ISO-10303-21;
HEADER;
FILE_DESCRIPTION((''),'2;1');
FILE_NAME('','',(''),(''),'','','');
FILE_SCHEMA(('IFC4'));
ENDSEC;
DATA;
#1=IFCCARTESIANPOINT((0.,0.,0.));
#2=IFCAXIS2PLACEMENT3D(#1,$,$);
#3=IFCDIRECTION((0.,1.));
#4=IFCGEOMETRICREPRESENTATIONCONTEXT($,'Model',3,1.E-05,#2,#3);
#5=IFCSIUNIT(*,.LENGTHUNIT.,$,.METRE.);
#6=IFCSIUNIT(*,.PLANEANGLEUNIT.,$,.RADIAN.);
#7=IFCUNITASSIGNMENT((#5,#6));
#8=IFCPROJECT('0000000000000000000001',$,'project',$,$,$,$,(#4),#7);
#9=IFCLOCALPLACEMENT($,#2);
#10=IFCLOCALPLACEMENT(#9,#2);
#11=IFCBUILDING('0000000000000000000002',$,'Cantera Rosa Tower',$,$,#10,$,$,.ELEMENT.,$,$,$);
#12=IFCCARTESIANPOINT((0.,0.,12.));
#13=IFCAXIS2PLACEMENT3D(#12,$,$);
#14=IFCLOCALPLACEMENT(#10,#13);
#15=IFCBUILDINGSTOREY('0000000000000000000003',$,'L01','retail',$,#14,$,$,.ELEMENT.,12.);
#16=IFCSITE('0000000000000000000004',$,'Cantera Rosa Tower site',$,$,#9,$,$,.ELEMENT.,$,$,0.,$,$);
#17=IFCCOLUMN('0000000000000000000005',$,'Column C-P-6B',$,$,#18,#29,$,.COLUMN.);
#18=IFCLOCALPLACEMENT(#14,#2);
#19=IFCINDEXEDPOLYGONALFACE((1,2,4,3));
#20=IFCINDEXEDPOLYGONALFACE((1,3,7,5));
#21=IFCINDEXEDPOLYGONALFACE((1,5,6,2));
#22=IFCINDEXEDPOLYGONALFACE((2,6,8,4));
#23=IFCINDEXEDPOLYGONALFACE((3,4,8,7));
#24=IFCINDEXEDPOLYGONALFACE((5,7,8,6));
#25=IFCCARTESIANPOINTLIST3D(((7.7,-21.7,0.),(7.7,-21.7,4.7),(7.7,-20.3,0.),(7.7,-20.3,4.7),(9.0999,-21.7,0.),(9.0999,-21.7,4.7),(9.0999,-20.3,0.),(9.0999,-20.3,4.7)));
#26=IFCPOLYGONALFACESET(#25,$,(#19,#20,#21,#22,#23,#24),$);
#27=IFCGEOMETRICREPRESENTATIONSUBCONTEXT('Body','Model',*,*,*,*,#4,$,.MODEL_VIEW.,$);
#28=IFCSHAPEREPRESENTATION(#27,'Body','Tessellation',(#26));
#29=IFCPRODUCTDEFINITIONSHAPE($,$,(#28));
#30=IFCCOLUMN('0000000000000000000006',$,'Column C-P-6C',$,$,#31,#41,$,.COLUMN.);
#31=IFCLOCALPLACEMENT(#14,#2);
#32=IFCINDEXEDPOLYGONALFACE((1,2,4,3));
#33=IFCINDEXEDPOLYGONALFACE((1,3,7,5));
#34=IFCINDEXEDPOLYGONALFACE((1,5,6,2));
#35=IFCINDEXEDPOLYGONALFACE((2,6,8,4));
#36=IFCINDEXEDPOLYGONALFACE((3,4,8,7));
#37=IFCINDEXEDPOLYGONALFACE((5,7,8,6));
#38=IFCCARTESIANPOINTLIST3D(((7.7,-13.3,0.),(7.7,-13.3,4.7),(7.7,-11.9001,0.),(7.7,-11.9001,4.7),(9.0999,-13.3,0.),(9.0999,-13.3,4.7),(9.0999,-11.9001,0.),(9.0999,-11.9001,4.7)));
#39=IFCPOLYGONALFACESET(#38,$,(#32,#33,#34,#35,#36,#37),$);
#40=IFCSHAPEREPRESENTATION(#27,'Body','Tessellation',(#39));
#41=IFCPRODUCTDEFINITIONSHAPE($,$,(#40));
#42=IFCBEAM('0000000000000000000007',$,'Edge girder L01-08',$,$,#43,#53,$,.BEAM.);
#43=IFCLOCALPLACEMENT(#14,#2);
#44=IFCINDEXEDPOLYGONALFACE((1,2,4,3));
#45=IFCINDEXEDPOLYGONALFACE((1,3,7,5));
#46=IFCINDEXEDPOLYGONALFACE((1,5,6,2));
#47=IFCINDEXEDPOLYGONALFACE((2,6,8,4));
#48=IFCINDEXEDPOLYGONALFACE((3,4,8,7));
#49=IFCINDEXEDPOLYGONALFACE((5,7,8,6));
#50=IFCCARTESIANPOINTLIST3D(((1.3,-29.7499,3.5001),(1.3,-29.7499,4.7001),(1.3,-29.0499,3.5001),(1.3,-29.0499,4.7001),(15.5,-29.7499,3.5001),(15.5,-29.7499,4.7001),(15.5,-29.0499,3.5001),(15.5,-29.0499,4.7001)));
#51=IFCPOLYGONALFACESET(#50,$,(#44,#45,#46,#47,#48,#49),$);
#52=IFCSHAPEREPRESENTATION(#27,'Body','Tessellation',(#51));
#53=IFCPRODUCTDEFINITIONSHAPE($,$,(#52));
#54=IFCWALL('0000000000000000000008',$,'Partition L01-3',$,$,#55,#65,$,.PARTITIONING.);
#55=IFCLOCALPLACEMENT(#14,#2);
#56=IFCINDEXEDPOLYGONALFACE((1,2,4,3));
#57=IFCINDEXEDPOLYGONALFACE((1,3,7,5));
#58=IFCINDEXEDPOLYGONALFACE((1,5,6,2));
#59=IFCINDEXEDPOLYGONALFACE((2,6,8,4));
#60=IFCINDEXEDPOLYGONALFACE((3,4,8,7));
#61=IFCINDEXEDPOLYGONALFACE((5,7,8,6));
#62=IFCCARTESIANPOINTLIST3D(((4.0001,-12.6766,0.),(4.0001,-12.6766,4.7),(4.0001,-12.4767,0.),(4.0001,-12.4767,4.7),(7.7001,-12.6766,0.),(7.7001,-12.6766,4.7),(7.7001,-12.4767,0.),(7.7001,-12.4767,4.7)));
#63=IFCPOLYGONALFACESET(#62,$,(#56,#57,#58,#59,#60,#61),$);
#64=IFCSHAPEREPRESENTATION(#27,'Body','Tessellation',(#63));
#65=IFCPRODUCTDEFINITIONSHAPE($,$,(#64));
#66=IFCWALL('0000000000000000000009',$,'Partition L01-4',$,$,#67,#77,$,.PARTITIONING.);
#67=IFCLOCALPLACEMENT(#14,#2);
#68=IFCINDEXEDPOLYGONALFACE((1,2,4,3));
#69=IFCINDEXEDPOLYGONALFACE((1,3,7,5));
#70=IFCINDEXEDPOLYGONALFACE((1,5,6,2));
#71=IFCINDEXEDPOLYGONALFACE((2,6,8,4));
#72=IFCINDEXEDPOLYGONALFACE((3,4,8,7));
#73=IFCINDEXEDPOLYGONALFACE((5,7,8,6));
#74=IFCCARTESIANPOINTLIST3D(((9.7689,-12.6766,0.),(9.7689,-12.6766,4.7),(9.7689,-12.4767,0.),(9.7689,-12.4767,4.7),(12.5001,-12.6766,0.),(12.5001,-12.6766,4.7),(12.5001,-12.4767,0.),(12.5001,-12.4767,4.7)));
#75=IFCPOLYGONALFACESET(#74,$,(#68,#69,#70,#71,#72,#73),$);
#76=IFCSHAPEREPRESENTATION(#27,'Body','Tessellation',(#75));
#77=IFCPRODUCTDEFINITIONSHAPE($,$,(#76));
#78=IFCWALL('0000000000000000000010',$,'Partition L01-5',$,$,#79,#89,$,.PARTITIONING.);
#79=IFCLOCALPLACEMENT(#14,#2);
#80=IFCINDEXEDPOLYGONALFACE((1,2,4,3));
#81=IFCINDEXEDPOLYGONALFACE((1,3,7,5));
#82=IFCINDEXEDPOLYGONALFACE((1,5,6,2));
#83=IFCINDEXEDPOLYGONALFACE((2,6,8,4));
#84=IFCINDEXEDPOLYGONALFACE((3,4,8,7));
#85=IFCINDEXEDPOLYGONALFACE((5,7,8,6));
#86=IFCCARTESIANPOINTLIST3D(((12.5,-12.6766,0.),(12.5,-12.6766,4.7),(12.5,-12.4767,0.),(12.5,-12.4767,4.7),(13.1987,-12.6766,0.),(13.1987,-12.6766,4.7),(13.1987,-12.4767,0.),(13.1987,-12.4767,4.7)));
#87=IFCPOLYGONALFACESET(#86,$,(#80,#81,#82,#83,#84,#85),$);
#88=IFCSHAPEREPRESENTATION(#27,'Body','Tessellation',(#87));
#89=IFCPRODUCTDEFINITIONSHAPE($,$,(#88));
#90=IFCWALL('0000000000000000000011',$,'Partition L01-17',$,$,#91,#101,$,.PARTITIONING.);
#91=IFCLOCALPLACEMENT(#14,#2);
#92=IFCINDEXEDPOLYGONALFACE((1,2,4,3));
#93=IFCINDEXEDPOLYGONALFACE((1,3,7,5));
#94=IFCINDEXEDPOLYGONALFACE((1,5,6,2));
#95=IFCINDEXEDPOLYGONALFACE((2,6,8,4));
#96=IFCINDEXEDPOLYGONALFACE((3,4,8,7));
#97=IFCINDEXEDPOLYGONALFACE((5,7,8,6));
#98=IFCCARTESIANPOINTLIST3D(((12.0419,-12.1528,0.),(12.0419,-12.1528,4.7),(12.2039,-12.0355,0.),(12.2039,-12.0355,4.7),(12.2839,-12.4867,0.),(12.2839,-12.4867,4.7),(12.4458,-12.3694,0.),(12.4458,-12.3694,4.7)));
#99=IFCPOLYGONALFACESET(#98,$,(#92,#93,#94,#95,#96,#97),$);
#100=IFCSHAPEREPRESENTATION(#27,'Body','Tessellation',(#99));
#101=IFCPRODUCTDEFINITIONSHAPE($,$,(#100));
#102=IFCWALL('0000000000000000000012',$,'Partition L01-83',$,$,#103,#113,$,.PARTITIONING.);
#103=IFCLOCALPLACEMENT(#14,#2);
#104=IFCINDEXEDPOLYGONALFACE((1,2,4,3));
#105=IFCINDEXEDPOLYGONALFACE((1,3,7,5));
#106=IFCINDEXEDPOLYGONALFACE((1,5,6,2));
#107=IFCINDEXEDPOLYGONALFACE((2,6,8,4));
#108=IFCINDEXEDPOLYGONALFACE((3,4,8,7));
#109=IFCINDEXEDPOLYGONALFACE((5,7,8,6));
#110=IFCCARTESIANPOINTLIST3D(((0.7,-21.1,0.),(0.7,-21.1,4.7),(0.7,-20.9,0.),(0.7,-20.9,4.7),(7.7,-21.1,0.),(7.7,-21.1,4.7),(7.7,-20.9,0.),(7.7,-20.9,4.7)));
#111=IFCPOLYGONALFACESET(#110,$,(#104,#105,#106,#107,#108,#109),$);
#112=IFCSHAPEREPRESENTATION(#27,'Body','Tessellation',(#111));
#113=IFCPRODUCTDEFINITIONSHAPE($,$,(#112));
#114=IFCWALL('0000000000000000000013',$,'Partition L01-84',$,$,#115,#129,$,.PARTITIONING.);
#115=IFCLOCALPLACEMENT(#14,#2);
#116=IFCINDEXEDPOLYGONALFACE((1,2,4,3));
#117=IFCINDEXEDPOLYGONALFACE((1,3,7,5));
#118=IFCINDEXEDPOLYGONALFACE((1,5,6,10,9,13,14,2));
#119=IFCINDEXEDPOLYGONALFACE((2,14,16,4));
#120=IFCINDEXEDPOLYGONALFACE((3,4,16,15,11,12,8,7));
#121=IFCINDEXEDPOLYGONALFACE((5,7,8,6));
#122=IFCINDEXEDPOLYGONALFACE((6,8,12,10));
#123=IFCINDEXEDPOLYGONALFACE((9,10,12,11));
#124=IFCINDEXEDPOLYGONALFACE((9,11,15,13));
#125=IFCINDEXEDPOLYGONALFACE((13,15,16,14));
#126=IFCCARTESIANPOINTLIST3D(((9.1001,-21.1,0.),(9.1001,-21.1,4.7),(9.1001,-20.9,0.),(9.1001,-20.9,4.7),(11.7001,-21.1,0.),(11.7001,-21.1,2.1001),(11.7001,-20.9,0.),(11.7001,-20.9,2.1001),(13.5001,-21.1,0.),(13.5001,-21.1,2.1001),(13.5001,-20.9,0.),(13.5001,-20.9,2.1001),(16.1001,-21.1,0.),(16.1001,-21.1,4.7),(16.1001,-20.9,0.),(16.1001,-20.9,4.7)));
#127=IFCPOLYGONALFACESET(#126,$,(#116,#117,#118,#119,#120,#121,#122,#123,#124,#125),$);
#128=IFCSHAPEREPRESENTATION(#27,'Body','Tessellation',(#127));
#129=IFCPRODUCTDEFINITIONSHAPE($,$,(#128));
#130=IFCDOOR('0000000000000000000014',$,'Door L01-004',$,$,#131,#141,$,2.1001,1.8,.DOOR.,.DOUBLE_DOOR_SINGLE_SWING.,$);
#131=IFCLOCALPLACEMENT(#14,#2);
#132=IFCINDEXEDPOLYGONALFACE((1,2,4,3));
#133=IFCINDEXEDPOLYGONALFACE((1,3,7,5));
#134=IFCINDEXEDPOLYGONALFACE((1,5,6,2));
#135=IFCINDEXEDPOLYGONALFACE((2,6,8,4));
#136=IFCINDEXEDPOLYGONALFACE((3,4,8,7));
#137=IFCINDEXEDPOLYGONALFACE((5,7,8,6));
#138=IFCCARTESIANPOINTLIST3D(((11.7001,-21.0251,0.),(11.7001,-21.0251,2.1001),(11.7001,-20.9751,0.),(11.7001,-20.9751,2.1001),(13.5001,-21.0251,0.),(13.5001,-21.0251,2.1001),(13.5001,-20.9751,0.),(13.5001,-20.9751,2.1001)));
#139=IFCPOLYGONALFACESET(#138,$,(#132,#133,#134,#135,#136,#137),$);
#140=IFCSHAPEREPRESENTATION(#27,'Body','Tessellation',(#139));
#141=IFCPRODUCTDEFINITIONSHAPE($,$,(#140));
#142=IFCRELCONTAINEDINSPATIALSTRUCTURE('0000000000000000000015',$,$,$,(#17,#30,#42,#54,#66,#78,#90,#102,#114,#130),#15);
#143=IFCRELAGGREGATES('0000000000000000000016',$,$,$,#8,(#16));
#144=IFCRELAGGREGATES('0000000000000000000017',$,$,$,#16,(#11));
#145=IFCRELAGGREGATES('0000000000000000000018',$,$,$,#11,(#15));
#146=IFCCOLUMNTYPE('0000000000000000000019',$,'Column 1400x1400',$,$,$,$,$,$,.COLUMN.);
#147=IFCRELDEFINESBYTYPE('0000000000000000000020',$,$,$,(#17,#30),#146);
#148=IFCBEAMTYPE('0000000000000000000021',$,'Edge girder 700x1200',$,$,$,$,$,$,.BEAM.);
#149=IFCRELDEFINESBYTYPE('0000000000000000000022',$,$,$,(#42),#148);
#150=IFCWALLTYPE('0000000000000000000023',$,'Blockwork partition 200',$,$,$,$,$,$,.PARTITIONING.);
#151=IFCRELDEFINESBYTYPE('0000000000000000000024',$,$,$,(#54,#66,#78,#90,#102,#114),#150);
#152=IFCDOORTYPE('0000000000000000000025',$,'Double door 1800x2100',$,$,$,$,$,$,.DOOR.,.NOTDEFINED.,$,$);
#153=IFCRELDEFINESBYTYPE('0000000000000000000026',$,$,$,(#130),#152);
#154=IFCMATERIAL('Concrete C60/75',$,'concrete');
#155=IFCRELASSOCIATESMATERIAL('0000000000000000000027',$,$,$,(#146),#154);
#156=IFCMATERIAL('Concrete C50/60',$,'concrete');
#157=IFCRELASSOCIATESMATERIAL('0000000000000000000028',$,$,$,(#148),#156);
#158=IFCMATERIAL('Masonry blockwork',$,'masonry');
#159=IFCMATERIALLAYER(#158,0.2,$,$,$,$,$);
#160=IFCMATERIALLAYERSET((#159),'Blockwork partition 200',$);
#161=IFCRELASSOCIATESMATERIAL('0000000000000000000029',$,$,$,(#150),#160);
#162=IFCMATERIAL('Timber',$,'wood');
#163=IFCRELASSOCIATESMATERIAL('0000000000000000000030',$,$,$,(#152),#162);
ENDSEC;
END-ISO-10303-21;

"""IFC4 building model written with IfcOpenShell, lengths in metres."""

from ifc_helpers import new_model, si_unit, direction, frame, frame_2d, origin, origin_2d, place, context, subcontext, project, spatial, rectangle, extrude, material, layer, layer_set, material_profile, profile_set, type_object, element, fill, save


model = new_model("IFC4")

# Units and contexts
model_context = context("Model", 3, precision=1e-05, world=origin(), true_north=direction((0.0, 1.0)))
body_context = subcontext(model_context, "Body", "Model", "MODEL_VIEW")
ifc_project = project(units=[si_unit("LENGTHUNIT", "METRE"), si_unit("PLANEANGLEUNIT", "RADIAN")], contexts=[model_context])

# Site, building, storey
site_placement = place(None, origin())
site = spatial("IfcSite", under=ifc_project, at=site_placement, Name="Cantera Rosa Tower site", CompositionType="ELEMENT", RefElevation=0.0)
building_placement = place(site_placement, origin())
building = spatial("IfcBuilding", under=site, at=building_placement, Name="Cantera Rosa Tower", CompositionType="ELEMENT")
storey_placement = place(building_placement, frame((0.0, 0.0, 12.0)))
storey = spatial("IfcBuildingStorey", under=building, at=storey_placement, Name="L01", Description="retail", CompositionType="ELEMENT", Elevation=12.0)

# Columns
ifc_material_1 = material(Name="Concrete C60/75", Category="concrete")
ifc_material_profile_1 = material_profile(ifc_material_1, rectangle(XDim=1.3999, YDim=1.3999, at=origin_2d()), Name="Column 1400x1400")
ifc_profile_set_1 = profile_set([ifc_material_profile_1], Name="Concrete C60/75")
column_type = type_object("IfcColumnType", Name="Column 1400x1400", PredefinedType="COLUMN", material=ifc_profile_set_1)
for number, where, z_axis, x_axis, name in (
    (1, (8.3999, -21.0, 0.0), (0.0, 0.0, 1.0), (1.0, 0.0, 0.0), "Column C-P-6B"),
    (2, (8.3999, -12.6001, 0.0), (0.0, 0.0, 1.0), (1.0, 0.0, 0.0), "Column C-P-6C"),
):
    element("IfcColumn", number, at=place(storey_placement, frame(where, z_axis=z_axis, x_axis=x_axis)), inside=storey, type_object=column_type, Name=name, PredefinedType="COLUMN", context=body_context, shape_type="SweptSolid", body=[
        extrude(rectangle(XDim=1.3999, YDim=1.3999, at=origin_2d()), origin(), (0.0, 0.0, 1.0), 4.7),
    ])

# Beam
ifc_material_2 = material(Name="Concrete C50/60", Category="concrete")
ifc_material_profile_2 = material_profile(ifc_material_2, rectangle(XDim=0.7, YDim=1.2, at=origin_2d()), Name="Edge girder 700x1200")
ifc_profile_set_2 = profile_set([ifc_material_profile_2], Name="Concrete C50/60")
beam_type = type_object("IfcBeamType", Name="Edge girder 700x1200", PredefinedType="BEAM", material=ifc_profile_set_2)
beam_placement = place(storey_placement, frame((1.3, -29.3999, 4.1001), z_axis=(1.0, 0.0, 0.0), x_axis=(0.0, 1.0, 0.0)))
element("IfcBeam", 3, at=beam_placement, inside=storey, type_object=beam_type, Name="Edge girder L01-08", PredefinedType="BEAM", context=body_context, shape_type="SweptSolid", body=[
    extrude(rectangle(XDim=0.7, YDim=1.2, at=origin_2d()), origin(), (0.0, 0.0, 1.0), 14.2),
])

# Walls
ifc_material_3 = material(Name="Masonry blockwork", Category="masonry")
ifc_layer_1 = layer(ifc_material_3, 0.2)
ifc_layer_set_1 = layer_set([ifc_layer_1], Name="Blockwork partition 200")
wall_type_1 = type_object("IfcWallType", Name="Blockwork partition 200", PredefinedType="PARTITIONING", material=ifc_layer_set_1)
wall_1_placement = place(storey_placement, frame((4.0, -12.5767, 0.0), z_axis=(0.0, 0.0, 1.0), x_axis=(1.0, 0.0, 0.0)))
element("IfcWall", 4, at=wall_1_placement, inside=storey, type_object=wall_type_1, Name="Partition L01-3", PredefinedType="PARTITIONING", context=body_context, shape_type="SweptSolid", body=[
    extrude(rectangle(XDim=3.7, YDim=0.2, at=frame_2d((1.8501, 0.0))), origin(), (0.0, 0.0, 1.0), 4.7),
])
wall_2_placement = place(storey_placement, frame((9.7688, -12.5767, 0.0), z_axis=(0.0, 0.0, 1.0), x_axis=(1.0, 0.0, 0.0)))
element("IfcWall", 5, at=wall_2_placement, inside=storey, type_object=wall_type_1, Name="Partition L01-4", PredefinedType="PARTITIONING", context=body_context, shape_type="SweptSolid", body=[
    extrude(rectangle(XDim=2.7312, YDim=0.2, at=frame_2d((1.3657, 0.0))), origin(), (0.0, 0.0, 1.0), 4.7),
])
wall_3_placement = place(storey_placement, frame((12.5, -12.5767, 0.0), z_axis=(0.0, 0.0, 1.0), x_axis=(1.0, 0.0, 0.0)))
element("IfcWall", 6, at=wall_3_placement, inside=storey, type_object=wall_type_1, Name="Partition L01-5", PredefinedType="PARTITIONING", context=body_context, shape_type="SweptSolid", body=[
    extrude(rectangle(XDim=0.6987, YDim=0.2, at=frame_2d((0.3494, 0.0))), origin(), (0.0, 0.0, 1.0), 4.7),
])
wall_4_placement = place(storey_placement, frame((12.3647, -12.428, 0.0), z_axis=(0.0, 0.0, 1.0), x_axis=(-0.586657, 0.809835, 0.0)))
element("IfcWall", 7, at=wall_4_placement, inside=storey, type_object=wall_type_1, Name="Partition L01-17", PredefinedType="PARTITIONING", context=body_context, shape_type="SweptSolid", body=[
    extrude(rectangle(XDim=0.4124, YDim=0.2, at=frame_2d((0.2061, 0.0))), origin(), (0.0, 0.0, 1.0), 4.7),
])
wall_5_placement = place(storey_placement, frame((0.7, -21.0, 0.0), z_axis=(0.0, 0.0, 1.0), x_axis=(1.0, 0.0, 0.0)))
element("IfcWall", 8, at=wall_5_placement, inside=storey, type_object=wall_type_1, Name="Partition L01-83", PredefinedType="PARTITIONING", context=body_context, shape_type="SweptSolid", body=[
    extrude(rectangle(XDim=7.0, YDim=0.2, at=frame_2d((3.5, 0.0))), origin(), (0.0, 0.0, 1.0), 4.7),
])

# Wall, opening, door
wall_6_placement = place(storey_placement, frame((9.1001, -21.0, 0.0), z_axis=(0.0, 0.0, 1.0), x_axis=(1.0, 0.0, 0.0)))
wall_6 = element("IfcWall", 9, at=wall_6_placement, inside=storey, type_object=wall_type_1, Name="Partition L01-84", PredefinedType="PARTITIONING", context=body_context, shape_type="SweptSolid", body=[
    extrude(rectangle(XDim=7.0, YDim=0.2, at=frame_2d((3.5, 0.0))), origin(), (0.0, 0.0, 1.0), 4.7),
])
opening_1_placement = place(wall_6_placement, frame((2.6001, 0.0, 0.0)))
opening_1 = element("IfcOpeningElement", 10, at=opening_1_placement, cuts=wall_6, PredefinedType="OPENING", context=body_context, shape_type="SweptSolid", body=[
    extrude(rectangle(XDim=1.8, YDim=2.1001, at=frame_2d((0.8999, 1.05))), frame((0.0, 0.1099, 0.0), z_axis=(0.0, -1.0, 0.0), x_axis=(1.0, 0.0, 0.0)), (0.0, 0.0, 1.0), 0.22),
])
ifc_material_4 = material(Name="Timber", Category="wood")
door_type_1 = type_object("IfcDoorType", Name="Double door 1800x2100", OperationType="NOTDEFINED", PredefinedType="DOOR", material=ifc_material_4)
door_1_placement = place(opening_1_placement, origin())
door_1 = element("IfcDoor", 11, at=door_1_placement, inside=storey, type_object=door_type_1, Name="Door L01-004", OperationType="DOUBLE_DOOR_SINGLE_SWING", OverallHeight=2.1001, OverallWidth=1.8, PredefinedType="DOOR", context=body_context, shape_type="SweptSolid", body=[
    extrude(rectangle(XDim=1.8, YDim=2.1001, at=frame_2d((0.8999, 1.05))), frame((0.0, 0.0249, 0.0), z_axis=(0.0, -1.0, 0.0), x_axis=(1.0, 0.0, 0.0)), (0.0, 0.0, 1.0), 0.05),
])
fill(opening_1, door_1)

save(model, "model.ifc")
